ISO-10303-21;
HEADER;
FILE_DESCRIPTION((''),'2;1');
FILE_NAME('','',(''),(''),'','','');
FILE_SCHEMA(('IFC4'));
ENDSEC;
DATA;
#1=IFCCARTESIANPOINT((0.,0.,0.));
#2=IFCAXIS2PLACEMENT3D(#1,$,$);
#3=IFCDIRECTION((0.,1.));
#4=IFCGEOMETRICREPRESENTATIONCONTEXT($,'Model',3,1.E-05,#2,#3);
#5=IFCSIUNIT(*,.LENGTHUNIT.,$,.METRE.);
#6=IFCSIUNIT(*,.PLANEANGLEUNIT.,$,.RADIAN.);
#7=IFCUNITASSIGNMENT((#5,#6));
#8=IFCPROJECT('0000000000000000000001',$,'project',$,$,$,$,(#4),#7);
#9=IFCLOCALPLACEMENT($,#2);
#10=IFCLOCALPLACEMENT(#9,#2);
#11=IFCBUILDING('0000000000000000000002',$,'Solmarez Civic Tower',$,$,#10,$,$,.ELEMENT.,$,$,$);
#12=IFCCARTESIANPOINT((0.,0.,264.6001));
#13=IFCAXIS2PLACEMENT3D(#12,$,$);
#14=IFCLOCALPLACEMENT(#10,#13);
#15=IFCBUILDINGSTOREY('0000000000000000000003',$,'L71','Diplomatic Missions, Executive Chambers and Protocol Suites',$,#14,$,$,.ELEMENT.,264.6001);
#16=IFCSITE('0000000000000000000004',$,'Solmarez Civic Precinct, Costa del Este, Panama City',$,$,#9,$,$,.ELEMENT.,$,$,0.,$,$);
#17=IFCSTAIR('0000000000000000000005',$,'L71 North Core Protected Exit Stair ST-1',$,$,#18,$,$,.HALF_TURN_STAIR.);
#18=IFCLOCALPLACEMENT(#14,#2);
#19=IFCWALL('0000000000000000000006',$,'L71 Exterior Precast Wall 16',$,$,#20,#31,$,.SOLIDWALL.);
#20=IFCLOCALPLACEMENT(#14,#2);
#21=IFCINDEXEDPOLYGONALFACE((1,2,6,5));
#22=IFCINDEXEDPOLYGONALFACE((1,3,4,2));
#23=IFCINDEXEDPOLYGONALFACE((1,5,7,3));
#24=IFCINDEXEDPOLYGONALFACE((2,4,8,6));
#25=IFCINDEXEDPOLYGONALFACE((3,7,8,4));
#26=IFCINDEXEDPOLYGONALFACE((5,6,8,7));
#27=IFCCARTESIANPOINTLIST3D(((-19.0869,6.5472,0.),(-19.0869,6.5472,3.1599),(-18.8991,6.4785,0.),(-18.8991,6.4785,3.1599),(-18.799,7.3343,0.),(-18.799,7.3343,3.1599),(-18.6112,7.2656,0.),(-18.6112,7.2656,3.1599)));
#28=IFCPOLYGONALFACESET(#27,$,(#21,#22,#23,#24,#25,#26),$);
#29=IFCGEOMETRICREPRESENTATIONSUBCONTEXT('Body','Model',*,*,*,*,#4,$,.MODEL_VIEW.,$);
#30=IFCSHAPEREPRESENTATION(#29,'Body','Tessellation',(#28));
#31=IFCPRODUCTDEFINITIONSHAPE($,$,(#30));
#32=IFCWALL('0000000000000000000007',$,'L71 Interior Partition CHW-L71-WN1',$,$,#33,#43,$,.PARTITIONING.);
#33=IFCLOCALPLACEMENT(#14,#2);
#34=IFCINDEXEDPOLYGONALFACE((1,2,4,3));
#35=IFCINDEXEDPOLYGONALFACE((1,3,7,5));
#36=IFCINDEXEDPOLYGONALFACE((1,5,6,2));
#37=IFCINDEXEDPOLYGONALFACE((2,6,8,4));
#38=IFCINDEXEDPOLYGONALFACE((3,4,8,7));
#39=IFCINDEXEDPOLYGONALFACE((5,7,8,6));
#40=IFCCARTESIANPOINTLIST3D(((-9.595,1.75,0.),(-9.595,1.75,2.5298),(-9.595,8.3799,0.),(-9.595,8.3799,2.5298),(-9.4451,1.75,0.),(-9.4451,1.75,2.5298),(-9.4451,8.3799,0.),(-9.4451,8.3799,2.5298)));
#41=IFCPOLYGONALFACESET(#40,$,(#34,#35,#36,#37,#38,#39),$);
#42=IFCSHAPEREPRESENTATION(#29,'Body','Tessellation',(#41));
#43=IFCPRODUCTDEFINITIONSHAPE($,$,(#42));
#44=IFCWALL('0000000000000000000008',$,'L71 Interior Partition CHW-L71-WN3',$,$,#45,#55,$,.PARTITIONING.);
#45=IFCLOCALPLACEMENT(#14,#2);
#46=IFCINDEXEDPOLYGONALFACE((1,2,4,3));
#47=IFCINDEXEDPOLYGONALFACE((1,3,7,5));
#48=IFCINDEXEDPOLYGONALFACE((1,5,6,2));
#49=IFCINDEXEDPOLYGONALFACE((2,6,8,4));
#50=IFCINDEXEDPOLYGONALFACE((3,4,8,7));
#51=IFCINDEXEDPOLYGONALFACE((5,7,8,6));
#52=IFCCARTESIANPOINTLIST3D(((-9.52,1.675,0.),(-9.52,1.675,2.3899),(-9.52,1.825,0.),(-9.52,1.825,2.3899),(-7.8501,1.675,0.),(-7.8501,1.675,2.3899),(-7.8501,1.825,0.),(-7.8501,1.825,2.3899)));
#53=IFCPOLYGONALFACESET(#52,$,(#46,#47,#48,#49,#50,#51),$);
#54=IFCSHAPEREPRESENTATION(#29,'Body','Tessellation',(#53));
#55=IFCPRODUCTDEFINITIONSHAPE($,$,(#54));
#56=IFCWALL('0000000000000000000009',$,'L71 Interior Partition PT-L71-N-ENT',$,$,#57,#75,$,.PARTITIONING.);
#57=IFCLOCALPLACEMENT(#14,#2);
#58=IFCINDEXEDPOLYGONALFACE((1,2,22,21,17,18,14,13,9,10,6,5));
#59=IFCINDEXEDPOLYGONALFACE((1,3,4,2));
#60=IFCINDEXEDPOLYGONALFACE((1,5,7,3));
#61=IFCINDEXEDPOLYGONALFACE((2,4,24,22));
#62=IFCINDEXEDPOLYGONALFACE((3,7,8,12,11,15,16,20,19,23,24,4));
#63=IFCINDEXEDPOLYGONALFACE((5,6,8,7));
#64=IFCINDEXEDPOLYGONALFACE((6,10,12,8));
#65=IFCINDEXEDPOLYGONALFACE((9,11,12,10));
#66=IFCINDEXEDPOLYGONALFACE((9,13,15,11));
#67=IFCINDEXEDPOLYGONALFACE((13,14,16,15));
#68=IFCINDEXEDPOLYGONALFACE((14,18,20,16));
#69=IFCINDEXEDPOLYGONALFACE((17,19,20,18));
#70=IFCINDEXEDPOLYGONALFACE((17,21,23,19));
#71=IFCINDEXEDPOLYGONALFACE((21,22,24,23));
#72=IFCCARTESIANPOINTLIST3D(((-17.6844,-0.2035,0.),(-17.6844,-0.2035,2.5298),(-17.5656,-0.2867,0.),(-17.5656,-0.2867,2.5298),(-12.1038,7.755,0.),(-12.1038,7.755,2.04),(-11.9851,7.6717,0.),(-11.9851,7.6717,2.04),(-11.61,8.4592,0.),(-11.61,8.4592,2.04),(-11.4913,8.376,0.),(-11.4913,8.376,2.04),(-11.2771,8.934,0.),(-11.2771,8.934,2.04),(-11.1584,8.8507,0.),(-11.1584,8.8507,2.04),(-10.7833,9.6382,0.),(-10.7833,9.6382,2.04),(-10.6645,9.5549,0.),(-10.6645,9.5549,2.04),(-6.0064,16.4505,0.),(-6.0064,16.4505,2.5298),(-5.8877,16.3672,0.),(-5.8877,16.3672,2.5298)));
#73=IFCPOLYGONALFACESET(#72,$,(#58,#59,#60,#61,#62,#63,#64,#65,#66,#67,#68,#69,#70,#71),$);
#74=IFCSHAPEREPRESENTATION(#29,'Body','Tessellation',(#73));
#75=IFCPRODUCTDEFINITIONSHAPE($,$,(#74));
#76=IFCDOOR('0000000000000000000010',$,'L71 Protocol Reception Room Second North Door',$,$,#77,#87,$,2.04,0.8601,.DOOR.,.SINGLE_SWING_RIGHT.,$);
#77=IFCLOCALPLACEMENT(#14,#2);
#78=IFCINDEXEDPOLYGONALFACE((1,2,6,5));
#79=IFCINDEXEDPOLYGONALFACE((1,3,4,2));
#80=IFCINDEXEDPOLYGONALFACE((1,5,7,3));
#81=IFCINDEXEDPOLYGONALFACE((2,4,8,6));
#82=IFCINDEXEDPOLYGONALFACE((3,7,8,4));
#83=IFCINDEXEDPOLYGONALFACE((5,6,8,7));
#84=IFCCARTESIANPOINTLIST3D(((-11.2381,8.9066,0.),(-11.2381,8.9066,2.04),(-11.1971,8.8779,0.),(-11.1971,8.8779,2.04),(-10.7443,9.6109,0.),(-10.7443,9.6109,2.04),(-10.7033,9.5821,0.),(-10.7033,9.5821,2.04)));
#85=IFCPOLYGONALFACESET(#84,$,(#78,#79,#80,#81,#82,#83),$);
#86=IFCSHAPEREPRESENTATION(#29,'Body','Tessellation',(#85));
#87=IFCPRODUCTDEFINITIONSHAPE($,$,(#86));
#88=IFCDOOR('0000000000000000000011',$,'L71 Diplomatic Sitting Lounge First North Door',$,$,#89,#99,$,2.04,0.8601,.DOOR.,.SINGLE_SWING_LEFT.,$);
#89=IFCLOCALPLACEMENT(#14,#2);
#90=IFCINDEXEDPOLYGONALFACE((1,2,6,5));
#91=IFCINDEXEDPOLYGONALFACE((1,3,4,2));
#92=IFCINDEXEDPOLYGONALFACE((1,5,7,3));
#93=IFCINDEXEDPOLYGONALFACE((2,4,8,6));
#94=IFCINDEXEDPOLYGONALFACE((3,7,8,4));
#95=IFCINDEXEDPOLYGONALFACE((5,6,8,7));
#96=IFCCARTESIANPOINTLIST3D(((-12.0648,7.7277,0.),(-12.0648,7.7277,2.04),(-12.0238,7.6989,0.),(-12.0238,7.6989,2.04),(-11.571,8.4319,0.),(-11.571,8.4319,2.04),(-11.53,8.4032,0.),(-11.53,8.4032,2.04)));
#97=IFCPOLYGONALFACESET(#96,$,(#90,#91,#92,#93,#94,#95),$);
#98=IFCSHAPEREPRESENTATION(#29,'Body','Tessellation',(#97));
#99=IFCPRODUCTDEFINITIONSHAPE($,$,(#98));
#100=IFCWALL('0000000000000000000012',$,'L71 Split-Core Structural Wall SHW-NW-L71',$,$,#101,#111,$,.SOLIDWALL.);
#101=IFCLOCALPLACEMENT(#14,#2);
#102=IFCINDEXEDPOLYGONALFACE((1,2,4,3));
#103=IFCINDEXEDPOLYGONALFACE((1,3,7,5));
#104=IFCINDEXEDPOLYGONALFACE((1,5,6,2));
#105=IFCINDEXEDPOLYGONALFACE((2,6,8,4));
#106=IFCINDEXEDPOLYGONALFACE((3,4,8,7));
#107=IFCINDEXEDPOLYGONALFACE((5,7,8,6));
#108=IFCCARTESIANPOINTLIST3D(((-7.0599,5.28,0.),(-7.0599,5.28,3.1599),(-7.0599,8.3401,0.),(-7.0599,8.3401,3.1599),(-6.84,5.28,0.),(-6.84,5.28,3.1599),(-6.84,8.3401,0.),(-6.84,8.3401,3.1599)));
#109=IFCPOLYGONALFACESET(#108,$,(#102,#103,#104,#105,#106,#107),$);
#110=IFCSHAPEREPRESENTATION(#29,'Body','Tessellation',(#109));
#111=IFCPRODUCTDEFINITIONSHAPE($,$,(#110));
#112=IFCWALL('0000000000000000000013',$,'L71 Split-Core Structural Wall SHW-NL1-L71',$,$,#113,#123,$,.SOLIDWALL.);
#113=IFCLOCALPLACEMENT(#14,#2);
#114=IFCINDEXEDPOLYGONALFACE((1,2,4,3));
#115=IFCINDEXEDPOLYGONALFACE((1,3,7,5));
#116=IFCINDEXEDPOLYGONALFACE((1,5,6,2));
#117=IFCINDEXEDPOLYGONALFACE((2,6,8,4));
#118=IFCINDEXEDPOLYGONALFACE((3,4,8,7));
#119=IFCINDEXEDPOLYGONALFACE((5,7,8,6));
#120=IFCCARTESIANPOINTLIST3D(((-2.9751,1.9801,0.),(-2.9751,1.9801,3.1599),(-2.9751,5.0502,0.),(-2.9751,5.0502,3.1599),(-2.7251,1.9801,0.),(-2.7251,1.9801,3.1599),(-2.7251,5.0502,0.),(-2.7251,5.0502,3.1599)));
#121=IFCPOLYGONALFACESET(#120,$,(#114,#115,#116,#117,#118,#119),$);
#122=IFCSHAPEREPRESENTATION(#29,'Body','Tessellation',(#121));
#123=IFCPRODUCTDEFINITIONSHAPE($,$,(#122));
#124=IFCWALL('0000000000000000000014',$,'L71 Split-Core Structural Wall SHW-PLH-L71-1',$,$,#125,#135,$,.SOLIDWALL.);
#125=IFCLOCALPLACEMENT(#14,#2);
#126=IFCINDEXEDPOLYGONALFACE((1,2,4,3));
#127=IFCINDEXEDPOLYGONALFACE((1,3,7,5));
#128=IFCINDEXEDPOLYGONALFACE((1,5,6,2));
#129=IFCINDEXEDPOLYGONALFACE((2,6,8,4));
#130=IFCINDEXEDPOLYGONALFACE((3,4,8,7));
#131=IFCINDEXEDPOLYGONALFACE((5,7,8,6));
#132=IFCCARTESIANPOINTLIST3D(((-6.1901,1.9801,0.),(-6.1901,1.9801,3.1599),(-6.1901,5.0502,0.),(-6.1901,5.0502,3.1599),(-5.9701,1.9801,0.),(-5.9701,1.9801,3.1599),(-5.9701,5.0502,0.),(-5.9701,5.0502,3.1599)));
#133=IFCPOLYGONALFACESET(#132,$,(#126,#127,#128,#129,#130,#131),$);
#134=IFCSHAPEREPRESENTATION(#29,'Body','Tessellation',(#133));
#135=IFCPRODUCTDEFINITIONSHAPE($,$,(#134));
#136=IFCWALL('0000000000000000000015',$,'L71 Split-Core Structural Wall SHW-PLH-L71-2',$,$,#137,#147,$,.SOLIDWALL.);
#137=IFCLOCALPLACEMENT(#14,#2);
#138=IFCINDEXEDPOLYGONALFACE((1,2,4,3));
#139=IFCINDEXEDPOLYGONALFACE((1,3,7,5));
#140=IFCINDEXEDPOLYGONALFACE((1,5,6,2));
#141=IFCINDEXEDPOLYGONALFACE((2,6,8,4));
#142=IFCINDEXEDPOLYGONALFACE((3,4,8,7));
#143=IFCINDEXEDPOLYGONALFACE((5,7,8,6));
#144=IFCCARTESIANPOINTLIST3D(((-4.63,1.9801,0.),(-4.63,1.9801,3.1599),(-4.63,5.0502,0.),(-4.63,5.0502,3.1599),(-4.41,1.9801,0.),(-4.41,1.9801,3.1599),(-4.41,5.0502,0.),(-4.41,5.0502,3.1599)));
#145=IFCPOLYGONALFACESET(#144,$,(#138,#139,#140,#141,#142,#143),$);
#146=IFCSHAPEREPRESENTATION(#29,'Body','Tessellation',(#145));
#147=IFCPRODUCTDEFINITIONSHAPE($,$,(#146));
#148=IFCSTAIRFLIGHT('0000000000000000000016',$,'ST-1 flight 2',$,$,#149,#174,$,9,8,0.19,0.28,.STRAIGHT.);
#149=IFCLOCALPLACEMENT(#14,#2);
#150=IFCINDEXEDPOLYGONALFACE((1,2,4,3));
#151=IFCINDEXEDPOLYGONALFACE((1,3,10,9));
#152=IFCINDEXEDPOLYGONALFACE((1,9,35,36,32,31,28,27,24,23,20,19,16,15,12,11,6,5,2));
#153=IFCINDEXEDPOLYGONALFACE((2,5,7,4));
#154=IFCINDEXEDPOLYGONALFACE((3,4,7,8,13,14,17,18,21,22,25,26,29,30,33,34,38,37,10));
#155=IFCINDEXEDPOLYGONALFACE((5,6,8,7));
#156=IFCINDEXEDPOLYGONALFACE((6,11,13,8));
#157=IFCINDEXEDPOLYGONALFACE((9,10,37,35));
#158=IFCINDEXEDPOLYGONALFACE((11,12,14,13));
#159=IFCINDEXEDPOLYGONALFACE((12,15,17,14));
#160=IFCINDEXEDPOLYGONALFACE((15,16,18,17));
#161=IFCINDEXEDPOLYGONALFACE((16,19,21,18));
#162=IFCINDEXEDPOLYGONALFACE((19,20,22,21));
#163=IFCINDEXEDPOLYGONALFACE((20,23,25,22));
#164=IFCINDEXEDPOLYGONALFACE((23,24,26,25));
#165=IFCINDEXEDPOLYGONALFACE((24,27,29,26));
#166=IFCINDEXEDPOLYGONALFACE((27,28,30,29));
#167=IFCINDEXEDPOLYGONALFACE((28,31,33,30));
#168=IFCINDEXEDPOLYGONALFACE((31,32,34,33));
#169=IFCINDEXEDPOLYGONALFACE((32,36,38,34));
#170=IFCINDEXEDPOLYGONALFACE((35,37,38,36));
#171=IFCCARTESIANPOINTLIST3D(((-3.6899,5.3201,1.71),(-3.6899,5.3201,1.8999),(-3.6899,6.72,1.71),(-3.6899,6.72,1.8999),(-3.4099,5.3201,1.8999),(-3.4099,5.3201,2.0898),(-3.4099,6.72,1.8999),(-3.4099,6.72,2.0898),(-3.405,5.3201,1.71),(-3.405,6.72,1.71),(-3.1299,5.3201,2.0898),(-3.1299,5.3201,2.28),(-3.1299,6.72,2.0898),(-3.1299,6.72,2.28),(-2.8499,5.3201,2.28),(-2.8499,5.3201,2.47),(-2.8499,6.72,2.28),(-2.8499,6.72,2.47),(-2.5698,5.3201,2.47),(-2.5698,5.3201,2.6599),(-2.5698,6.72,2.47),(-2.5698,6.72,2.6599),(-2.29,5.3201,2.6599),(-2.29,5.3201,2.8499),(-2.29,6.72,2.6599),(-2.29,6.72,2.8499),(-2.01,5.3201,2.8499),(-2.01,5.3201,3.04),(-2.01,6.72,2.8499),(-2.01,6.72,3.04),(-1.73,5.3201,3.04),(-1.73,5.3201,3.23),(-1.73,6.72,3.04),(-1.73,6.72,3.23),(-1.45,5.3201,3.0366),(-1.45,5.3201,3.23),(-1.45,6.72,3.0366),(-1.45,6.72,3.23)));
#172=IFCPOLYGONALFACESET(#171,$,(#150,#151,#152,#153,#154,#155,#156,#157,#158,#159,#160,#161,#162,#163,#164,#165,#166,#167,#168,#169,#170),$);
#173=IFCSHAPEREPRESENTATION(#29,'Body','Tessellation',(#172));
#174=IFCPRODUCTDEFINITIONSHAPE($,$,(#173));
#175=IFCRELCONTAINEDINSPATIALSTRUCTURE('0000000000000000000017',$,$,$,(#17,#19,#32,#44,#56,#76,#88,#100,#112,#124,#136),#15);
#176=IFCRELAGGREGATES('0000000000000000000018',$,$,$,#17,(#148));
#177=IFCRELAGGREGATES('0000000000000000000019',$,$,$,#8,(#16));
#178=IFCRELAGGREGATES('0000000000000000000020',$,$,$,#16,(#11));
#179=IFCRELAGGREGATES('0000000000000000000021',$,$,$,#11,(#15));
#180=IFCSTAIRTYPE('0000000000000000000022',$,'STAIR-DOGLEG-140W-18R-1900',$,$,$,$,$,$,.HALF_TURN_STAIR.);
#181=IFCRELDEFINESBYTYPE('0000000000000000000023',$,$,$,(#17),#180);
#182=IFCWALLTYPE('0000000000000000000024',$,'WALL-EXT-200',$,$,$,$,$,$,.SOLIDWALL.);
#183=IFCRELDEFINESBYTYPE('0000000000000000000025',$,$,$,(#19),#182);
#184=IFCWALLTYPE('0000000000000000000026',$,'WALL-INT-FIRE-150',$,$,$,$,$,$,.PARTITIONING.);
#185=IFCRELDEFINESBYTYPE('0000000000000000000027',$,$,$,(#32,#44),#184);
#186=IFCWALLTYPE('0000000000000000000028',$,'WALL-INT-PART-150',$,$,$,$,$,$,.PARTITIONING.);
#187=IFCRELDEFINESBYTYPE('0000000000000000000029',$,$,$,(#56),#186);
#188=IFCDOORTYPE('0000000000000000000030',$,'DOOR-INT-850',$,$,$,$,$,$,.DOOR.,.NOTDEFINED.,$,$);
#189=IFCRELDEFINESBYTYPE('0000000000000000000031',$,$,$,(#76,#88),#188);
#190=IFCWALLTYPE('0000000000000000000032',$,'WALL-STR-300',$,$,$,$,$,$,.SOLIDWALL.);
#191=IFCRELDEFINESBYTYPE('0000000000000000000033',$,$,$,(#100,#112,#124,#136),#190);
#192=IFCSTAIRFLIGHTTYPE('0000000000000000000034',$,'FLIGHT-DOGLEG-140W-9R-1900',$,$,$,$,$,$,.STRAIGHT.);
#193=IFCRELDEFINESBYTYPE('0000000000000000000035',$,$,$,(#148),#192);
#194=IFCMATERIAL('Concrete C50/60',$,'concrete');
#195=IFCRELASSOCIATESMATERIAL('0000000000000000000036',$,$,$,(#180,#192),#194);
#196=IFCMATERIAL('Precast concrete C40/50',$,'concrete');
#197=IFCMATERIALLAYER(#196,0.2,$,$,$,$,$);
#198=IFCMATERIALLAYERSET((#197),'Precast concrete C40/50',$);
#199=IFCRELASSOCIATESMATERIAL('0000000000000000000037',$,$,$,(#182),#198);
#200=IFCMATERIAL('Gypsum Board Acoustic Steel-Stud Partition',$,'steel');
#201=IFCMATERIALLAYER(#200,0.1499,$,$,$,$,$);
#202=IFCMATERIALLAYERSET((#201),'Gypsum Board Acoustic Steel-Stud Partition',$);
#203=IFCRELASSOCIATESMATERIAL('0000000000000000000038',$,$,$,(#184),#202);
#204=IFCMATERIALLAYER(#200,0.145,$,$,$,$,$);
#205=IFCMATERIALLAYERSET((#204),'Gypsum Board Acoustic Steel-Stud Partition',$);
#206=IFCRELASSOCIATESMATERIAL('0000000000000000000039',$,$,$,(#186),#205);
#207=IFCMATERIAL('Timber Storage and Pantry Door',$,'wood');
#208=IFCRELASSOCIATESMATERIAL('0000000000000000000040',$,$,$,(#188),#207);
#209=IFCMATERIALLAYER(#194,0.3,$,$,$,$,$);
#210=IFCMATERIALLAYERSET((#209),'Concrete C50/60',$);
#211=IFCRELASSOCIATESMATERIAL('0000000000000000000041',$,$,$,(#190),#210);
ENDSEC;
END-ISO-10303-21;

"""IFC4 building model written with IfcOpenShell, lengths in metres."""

from ifc_helpers import new_model, si_unit, direction, frame, frame_2d, origin, place, context, subcontext, project, spatial, polyline, rectangle, outline, extrude, material, layer, layer_set, type_object, element, fill, aggregate, save


model = new_model("IFC4")

# Units and contexts
model_context = context("Model", 3, precision=1e-05, world=origin(), true_north=direction((0.0, 1.0)))
body_context = subcontext(model_context, "Body", "Model", "MODEL_VIEW")
ifc_project = project(units=[si_unit("LENGTHUNIT", "METRE"), si_unit("PLANEANGLEUNIT", "RADIAN")], contexts=[model_context])

# Site, building, storey
site_placement = place(None, origin())
site = spatial("IfcSite", under=ifc_project, at=site_placement, Name="Solmarez Civic Precinct, Costa del Este, Panama City", CompositionType="ELEMENT", RefElevation=0.0)
building_placement = place(site_placement, origin())
building = spatial("IfcBuilding", under=site, at=building_placement, Name="Solmarez Civic Tower", CompositionType="ELEMENT")
storey_placement = place(building_placement, frame((0.0, 0.0, 264.6001)))
storey = spatial("IfcBuildingStorey", under=building, at=storey_placement, Name="L71", Description="Diplomatic Missions, Executive Chambers and Protocol Suites", CompositionType="ELEMENT", Elevation=264.6001)

# Shared definitions
ifc_material_1 = material(Name="Concrete C50/60", Category="concrete")

# Stair
stair_type = type_object("IfcStairType", Name="STAIR-DOGLEG-140W-18R-1900", PredefinedType="HALF_TURN_STAIR", material=ifc_material_1)
stair_1_placement = place(storey_placement, origin())
stair_1 = element("IfcStair", 1, at=stair_1_placement, inside=storey, type_object=stair_type, Name="L71 North Core Protected Exit Stair ST-1", PredefinedType="HALF_TURN_STAIR")

# Walls
ifc_material_2 = material(Name="Precast concrete C40/50", Category="concrete")
ifc_layer_1 = layer(ifc_material_2, 0.2)
ifc_layer_set_1 = layer_set([ifc_layer_1], Name="Precast concrete C40/50")
wall_type_1 = type_object("IfcWallType", Name="WALL-EXT-200", PredefinedType="SOLIDWALL", material=ifc_layer_set_1)
wall_1_placement = place(storey_placement, frame((-18.9929, 6.5129, 0.0), z_axis=(0.0, 0.0, 1.0), x_axis=(0.34345, 0.939171, 0.0)))
element("IfcWall", 2, at=wall_1_placement, inside=storey, type_object=wall_type_1, Name="L71 Exterior Precast Wall 16", PredefinedType="SOLIDWALL", context=body_context, shape_type="SweptSolid", body=[
    extrude(rectangle(XDim=0.8381, YDim=0.2, at=frame_2d((0.4189, 0.0))), origin(), (0.0, 0.0, 1.0), 3.1599),
])
ifc_material_3 = material(Name="Gypsum Board Acoustic Steel-Stud Partition", Category="steel")
ifc_layer_2 = layer(ifc_material_3, 0.1499)
ifc_layer_set_2 = layer_set([ifc_layer_2], Name="Gypsum Board Acoustic Steel-Stud Partition")
wall_type_2 = type_object("IfcWallType", Name="WALL-INT-FIRE-150", PredefinedType="PARTITIONING", material=ifc_layer_set_2)
wall_2_placement = place(storey_placement, frame((-9.52, 1.75, 0.0), z_axis=(0.0, 0.0, 1.0), x_axis=(0.0, 1.0, 0.0)))
element("IfcWall", 3, at=wall_2_placement, inside=storey, type_object=wall_type_2, Name="L71 Interior Partition CHW-L71-WN1", PredefinedType="PARTITIONING", context=body_context, shape_type="SweptSolid", body=[
    extrude(rectangle(XDim=6.6299, YDim=0.1499, at=frame_2d((3.3149, 0.0))), origin(), (0.0, 0.0, 1.0), 2.5298),
])
wall_3_placement = place(storey_placement, frame((-7.8501, 1.75, 0.0), z_axis=(0.0, 0.0, 1.0), x_axis=(-1.0, 0.0, 0.0)))
element("IfcWall", 4, at=wall_3_placement, inside=storey, type_object=wall_type_2, Name="L71 Interior Partition CHW-L71-WN3", PredefinedType="PARTITIONING", context=body_context, shape_type="SweptSolid", body=[
    extrude(rectangle(XDim=1.6699, YDim=0.1499, at=frame_2d((0.835, 0.0))), origin(), (0.0, 0.0, 1.0), 2.3899),
])

# Wall, openings, doors
ifc_layer_3 = layer(ifc_material_3, 0.145)
ifc_layer_set_3 = layer_set([ifc_layer_3], Name="Gypsum Board Acoustic Steel-Stud Partition")
wall_type_3 = type_object("IfcWallType", Name="WALL-INT-PART-150", PredefinedType="PARTITIONING", material=ifc_layer_set_3)
wall_4_placement = place(storey_placement, frame((-17.625, -0.2451, 0.0), z_axis=(0.0, 0.0, 1.0), x_axis=(0.574127, 0.818766, 0.0)))
wall_4 = element("IfcWall", 5, at=wall_4_placement, inside=storey, type_object=wall_type_3, Name="L71 Interior Partition PT-L71-N-ENT", PredefinedType="PARTITIONING", context=body_context, shape_type="SweptSolid", body=[
    extrude(rectangle(XDim=20.3403, YDim=0.145, at=frame_2d((10.1702, 0.0))), origin(), (0.0, 0.0, 1.0), 2.5298),
])
opening_1_placement = place(wall_4_placement, frame((11.1599, 0.0, 0.0)))
opening_1 = element("IfcOpeningElement", 6, at=opening_1_placement, cuts=wall_4, PredefinedType="OPENING", context=body_context, shape_type="SweptSolid", body=[
    extrude(rectangle(XDim=0.8601, YDim=2.04, at=frame_2d((0.4302, 1.02))), frame((0.0, 0.0825, 0.0), z_axis=(0.0, -1.0, 0.0), x_axis=(1.0, 0.0, 0.0)), (0.0, 0.0, 1.0), 0.165),
])
opening_2_placement = place(wall_4_placement, frame((9.72, 0.0, 0.0)))
opening_2 = element("IfcOpeningElement", 7, at=opening_2_placement, cuts=wall_4, PredefinedType="OPENING", context=body_context, shape_type="SweptSolid", body=[
    extrude(rectangle(XDim=0.8601, YDim=2.04, at=frame_2d((0.4302, 1.02))), frame((0.0, 0.0825, 0.0), z_axis=(0.0, -1.0, 0.0), x_axis=(1.0, 0.0, 0.0)), (0.0, 0.0, 1.0), 0.165),
])
ifc_material_4 = material(Name="Timber Storage and Pantry Door", Category="wood")
door_type = type_object("IfcDoorType", Name="DOOR-INT-850", OperationType="NOTDEFINED", PredefinedType="DOOR", material=ifc_material_4)
door_1_placement = place(opening_1_placement, origin())
door_1 = element("IfcDoor", 8, at=door_1_placement, inside=storey, type_object=door_type, Name="L71 Protocol Reception Room Second North Door", OperationType="SINGLE_SWING_RIGHT", OverallHeight=2.04, OverallWidth=0.8601, PredefinedType="DOOR", context=body_context, shape_type="SweptSolid", body=[
    extrude(rectangle(XDim=0.8601, YDim=2.04, at=frame_2d((0.4302, 1.02))), frame((0.0, 0.0249, 0.0), z_axis=(0.0, -1.0, 0.0), x_axis=(1.0, 0.0, 0.0)), (0.0, 0.0, 1.0), 0.05),
])
fill(opening_1, door_1)
door_2_placement = place(opening_2_placement, origin())
door_2 = element("IfcDoor", 9, at=door_2_placement, inside=storey, type_object=door_type, Name="L71 Diplomatic Sitting Lounge First North Door", OperationType="SINGLE_SWING_LEFT", OverallHeight=2.04, OverallWidth=0.8601, PredefinedType="DOOR", context=body_context, shape_type="SweptSolid", body=[
    extrude(rectangle(XDim=0.8601, YDim=2.04, at=frame_2d((0.4302, 1.02))), frame((0.0, 0.0249, 0.0), z_axis=(0.0, -1.0, 0.0), x_axis=(1.0, 0.0, 0.0)), (0.0, 0.0, 1.0), 0.05),
])
fill(opening_2, door_2)

# Walls
ifc_layer_4 = layer(ifc_material_1, 0.3)
ifc_layer_set_4 = layer_set([ifc_layer_4], Name="Concrete C50/60")
wall_type_4 = type_object("IfcWallType", Name="WALL-STR-300", PredefinedType="SOLIDWALL", material=ifc_layer_set_4)
wall_5_placement = place(storey_placement, frame((-6.95, 5.28, 0.0), z_axis=(0.0, 0.0, 1.0), x_axis=(0.0, 1.0, 0.0)))
element("IfcWall", 10, at=wall_5_placement, inside=storey, type_object=wall_type_4, Name="L71 Split-Core Structural Wall SHW-NW-L71", PredefinedType="SOLIDWALL", context=body_context, shape_type="SweptSolid", body=[
    extrude(rectangle(XDim=3.0601, YDim=0.22, at=frame_2d((1.53, 0.0))), origin(), (0.0, 0.0, 1.0), 3.1599),
])
wall_6_placement = place(storey_placement, frame((-2.8501, 1.98, 0.0), z_axis=(0.0, 0.0, 1.0), x_axis=(0.0, 1.0, 0.0)))
element("IfcWall", 11, at=wall_6_placement, inside=storey, type_object=wall_type_4, Name="L71 Split-Core Structural Wall SHW-NL1-L71", PredefinedType="SOLIDWALL", context=body_context, shape_type="SweptSolid", body=[
    extrude(rectangle(XDim=3.0701, YDim=0.25, at=frame_2d((1.5352, 0.0))), origin(), (0.0, 0.0, 1.0), 3.1599),
])
for number, where, z_axis, x_axis, name in (
    (12, (-6.0801, 1.98, 0.0), (0.0, 0.0, 1.0), (0.0, 1.0, 0.0), "L71 Split-Core Structural Wall SHW-PLH-L71-1"),
    (13, (-4.52, 1.98, 0.0), (0.0, 0.0, 1.0), (0.0, 1.0, 0.0), "L71 Split-Core Structural Wall SHW-PLH-L71-2"),
):
    element("IfcWall", number, at=place(storey_placement, frame(where, z_axis=z_axis, x_axis=x_axis)), inside=storey, type_object=wall_type_4, Name=name, PredefinedType="SOLIDWALL", context=body_context, shape_type="SweptSolid", body=[
        extrude(rectangle(XDim=3.0701, YDim=0.22, at=frame_2d((1.5352, 0.0))), origin(), (0.0, 0.0, 1.0), 3.1599),
    ])

# Stair flight
stair_flight_type = type_object("IfcStairFlightType", Name="FLIGHT-DOGLEG-140W-9R-1900", PredefinedType="STRAIGHT", material=ifc_material_1)
stair_flight_placement = place(storey_placement, frame((-3.6899, 6.02, 1.71), z_axis=(0.0, 0.0, 1.0), x_axis=(1.0, 0.0, 0.0)))
stair_flight = element("IfcStairFlight", 14, at=stair_flight_placement, type_object=stair_flight_type, Name="ST-1 flight 2", NumberOfRisers=9, NumberOfTreads=8, PredefinedType="STRAIGHT", RiserHeight=0.19, TreadLength=0.28, context=body_context, shape_type="SweptSolid", body=[
    extrude(outline(polyline([(0.0, 0.0), (0.0, 0.1899), (0.28, 0.1899), (0.28, 0.3799), (0.5601, 0.3799), (0.5601, 0.5701), (0.8401, 0.5701), (0.8401, 0.76), (1.1201, 0.76), (1.1201, 0.95), (1.3999, 0.95), (1.3999, 1.1399), (1.6799, 1.1399), (1.6799, 1.3301), (1.96, 1.3301), (1.96, 1.52), (2.24, 1.52), (2.24, 1.71), (2.24, 1.3267), (0.2849, 0.0), (0.0, 0.0)])), frame((0.0, 0.7, 0.0), z_axis=(0.0, -1.0, 0.0), x_axis=(1.0, 0.0, 0.0)), (0.0, 0.0, 1.0), 1.3999),
])
aggregate(stair_1, [stair_flight])

save(model, "model.ifc")
